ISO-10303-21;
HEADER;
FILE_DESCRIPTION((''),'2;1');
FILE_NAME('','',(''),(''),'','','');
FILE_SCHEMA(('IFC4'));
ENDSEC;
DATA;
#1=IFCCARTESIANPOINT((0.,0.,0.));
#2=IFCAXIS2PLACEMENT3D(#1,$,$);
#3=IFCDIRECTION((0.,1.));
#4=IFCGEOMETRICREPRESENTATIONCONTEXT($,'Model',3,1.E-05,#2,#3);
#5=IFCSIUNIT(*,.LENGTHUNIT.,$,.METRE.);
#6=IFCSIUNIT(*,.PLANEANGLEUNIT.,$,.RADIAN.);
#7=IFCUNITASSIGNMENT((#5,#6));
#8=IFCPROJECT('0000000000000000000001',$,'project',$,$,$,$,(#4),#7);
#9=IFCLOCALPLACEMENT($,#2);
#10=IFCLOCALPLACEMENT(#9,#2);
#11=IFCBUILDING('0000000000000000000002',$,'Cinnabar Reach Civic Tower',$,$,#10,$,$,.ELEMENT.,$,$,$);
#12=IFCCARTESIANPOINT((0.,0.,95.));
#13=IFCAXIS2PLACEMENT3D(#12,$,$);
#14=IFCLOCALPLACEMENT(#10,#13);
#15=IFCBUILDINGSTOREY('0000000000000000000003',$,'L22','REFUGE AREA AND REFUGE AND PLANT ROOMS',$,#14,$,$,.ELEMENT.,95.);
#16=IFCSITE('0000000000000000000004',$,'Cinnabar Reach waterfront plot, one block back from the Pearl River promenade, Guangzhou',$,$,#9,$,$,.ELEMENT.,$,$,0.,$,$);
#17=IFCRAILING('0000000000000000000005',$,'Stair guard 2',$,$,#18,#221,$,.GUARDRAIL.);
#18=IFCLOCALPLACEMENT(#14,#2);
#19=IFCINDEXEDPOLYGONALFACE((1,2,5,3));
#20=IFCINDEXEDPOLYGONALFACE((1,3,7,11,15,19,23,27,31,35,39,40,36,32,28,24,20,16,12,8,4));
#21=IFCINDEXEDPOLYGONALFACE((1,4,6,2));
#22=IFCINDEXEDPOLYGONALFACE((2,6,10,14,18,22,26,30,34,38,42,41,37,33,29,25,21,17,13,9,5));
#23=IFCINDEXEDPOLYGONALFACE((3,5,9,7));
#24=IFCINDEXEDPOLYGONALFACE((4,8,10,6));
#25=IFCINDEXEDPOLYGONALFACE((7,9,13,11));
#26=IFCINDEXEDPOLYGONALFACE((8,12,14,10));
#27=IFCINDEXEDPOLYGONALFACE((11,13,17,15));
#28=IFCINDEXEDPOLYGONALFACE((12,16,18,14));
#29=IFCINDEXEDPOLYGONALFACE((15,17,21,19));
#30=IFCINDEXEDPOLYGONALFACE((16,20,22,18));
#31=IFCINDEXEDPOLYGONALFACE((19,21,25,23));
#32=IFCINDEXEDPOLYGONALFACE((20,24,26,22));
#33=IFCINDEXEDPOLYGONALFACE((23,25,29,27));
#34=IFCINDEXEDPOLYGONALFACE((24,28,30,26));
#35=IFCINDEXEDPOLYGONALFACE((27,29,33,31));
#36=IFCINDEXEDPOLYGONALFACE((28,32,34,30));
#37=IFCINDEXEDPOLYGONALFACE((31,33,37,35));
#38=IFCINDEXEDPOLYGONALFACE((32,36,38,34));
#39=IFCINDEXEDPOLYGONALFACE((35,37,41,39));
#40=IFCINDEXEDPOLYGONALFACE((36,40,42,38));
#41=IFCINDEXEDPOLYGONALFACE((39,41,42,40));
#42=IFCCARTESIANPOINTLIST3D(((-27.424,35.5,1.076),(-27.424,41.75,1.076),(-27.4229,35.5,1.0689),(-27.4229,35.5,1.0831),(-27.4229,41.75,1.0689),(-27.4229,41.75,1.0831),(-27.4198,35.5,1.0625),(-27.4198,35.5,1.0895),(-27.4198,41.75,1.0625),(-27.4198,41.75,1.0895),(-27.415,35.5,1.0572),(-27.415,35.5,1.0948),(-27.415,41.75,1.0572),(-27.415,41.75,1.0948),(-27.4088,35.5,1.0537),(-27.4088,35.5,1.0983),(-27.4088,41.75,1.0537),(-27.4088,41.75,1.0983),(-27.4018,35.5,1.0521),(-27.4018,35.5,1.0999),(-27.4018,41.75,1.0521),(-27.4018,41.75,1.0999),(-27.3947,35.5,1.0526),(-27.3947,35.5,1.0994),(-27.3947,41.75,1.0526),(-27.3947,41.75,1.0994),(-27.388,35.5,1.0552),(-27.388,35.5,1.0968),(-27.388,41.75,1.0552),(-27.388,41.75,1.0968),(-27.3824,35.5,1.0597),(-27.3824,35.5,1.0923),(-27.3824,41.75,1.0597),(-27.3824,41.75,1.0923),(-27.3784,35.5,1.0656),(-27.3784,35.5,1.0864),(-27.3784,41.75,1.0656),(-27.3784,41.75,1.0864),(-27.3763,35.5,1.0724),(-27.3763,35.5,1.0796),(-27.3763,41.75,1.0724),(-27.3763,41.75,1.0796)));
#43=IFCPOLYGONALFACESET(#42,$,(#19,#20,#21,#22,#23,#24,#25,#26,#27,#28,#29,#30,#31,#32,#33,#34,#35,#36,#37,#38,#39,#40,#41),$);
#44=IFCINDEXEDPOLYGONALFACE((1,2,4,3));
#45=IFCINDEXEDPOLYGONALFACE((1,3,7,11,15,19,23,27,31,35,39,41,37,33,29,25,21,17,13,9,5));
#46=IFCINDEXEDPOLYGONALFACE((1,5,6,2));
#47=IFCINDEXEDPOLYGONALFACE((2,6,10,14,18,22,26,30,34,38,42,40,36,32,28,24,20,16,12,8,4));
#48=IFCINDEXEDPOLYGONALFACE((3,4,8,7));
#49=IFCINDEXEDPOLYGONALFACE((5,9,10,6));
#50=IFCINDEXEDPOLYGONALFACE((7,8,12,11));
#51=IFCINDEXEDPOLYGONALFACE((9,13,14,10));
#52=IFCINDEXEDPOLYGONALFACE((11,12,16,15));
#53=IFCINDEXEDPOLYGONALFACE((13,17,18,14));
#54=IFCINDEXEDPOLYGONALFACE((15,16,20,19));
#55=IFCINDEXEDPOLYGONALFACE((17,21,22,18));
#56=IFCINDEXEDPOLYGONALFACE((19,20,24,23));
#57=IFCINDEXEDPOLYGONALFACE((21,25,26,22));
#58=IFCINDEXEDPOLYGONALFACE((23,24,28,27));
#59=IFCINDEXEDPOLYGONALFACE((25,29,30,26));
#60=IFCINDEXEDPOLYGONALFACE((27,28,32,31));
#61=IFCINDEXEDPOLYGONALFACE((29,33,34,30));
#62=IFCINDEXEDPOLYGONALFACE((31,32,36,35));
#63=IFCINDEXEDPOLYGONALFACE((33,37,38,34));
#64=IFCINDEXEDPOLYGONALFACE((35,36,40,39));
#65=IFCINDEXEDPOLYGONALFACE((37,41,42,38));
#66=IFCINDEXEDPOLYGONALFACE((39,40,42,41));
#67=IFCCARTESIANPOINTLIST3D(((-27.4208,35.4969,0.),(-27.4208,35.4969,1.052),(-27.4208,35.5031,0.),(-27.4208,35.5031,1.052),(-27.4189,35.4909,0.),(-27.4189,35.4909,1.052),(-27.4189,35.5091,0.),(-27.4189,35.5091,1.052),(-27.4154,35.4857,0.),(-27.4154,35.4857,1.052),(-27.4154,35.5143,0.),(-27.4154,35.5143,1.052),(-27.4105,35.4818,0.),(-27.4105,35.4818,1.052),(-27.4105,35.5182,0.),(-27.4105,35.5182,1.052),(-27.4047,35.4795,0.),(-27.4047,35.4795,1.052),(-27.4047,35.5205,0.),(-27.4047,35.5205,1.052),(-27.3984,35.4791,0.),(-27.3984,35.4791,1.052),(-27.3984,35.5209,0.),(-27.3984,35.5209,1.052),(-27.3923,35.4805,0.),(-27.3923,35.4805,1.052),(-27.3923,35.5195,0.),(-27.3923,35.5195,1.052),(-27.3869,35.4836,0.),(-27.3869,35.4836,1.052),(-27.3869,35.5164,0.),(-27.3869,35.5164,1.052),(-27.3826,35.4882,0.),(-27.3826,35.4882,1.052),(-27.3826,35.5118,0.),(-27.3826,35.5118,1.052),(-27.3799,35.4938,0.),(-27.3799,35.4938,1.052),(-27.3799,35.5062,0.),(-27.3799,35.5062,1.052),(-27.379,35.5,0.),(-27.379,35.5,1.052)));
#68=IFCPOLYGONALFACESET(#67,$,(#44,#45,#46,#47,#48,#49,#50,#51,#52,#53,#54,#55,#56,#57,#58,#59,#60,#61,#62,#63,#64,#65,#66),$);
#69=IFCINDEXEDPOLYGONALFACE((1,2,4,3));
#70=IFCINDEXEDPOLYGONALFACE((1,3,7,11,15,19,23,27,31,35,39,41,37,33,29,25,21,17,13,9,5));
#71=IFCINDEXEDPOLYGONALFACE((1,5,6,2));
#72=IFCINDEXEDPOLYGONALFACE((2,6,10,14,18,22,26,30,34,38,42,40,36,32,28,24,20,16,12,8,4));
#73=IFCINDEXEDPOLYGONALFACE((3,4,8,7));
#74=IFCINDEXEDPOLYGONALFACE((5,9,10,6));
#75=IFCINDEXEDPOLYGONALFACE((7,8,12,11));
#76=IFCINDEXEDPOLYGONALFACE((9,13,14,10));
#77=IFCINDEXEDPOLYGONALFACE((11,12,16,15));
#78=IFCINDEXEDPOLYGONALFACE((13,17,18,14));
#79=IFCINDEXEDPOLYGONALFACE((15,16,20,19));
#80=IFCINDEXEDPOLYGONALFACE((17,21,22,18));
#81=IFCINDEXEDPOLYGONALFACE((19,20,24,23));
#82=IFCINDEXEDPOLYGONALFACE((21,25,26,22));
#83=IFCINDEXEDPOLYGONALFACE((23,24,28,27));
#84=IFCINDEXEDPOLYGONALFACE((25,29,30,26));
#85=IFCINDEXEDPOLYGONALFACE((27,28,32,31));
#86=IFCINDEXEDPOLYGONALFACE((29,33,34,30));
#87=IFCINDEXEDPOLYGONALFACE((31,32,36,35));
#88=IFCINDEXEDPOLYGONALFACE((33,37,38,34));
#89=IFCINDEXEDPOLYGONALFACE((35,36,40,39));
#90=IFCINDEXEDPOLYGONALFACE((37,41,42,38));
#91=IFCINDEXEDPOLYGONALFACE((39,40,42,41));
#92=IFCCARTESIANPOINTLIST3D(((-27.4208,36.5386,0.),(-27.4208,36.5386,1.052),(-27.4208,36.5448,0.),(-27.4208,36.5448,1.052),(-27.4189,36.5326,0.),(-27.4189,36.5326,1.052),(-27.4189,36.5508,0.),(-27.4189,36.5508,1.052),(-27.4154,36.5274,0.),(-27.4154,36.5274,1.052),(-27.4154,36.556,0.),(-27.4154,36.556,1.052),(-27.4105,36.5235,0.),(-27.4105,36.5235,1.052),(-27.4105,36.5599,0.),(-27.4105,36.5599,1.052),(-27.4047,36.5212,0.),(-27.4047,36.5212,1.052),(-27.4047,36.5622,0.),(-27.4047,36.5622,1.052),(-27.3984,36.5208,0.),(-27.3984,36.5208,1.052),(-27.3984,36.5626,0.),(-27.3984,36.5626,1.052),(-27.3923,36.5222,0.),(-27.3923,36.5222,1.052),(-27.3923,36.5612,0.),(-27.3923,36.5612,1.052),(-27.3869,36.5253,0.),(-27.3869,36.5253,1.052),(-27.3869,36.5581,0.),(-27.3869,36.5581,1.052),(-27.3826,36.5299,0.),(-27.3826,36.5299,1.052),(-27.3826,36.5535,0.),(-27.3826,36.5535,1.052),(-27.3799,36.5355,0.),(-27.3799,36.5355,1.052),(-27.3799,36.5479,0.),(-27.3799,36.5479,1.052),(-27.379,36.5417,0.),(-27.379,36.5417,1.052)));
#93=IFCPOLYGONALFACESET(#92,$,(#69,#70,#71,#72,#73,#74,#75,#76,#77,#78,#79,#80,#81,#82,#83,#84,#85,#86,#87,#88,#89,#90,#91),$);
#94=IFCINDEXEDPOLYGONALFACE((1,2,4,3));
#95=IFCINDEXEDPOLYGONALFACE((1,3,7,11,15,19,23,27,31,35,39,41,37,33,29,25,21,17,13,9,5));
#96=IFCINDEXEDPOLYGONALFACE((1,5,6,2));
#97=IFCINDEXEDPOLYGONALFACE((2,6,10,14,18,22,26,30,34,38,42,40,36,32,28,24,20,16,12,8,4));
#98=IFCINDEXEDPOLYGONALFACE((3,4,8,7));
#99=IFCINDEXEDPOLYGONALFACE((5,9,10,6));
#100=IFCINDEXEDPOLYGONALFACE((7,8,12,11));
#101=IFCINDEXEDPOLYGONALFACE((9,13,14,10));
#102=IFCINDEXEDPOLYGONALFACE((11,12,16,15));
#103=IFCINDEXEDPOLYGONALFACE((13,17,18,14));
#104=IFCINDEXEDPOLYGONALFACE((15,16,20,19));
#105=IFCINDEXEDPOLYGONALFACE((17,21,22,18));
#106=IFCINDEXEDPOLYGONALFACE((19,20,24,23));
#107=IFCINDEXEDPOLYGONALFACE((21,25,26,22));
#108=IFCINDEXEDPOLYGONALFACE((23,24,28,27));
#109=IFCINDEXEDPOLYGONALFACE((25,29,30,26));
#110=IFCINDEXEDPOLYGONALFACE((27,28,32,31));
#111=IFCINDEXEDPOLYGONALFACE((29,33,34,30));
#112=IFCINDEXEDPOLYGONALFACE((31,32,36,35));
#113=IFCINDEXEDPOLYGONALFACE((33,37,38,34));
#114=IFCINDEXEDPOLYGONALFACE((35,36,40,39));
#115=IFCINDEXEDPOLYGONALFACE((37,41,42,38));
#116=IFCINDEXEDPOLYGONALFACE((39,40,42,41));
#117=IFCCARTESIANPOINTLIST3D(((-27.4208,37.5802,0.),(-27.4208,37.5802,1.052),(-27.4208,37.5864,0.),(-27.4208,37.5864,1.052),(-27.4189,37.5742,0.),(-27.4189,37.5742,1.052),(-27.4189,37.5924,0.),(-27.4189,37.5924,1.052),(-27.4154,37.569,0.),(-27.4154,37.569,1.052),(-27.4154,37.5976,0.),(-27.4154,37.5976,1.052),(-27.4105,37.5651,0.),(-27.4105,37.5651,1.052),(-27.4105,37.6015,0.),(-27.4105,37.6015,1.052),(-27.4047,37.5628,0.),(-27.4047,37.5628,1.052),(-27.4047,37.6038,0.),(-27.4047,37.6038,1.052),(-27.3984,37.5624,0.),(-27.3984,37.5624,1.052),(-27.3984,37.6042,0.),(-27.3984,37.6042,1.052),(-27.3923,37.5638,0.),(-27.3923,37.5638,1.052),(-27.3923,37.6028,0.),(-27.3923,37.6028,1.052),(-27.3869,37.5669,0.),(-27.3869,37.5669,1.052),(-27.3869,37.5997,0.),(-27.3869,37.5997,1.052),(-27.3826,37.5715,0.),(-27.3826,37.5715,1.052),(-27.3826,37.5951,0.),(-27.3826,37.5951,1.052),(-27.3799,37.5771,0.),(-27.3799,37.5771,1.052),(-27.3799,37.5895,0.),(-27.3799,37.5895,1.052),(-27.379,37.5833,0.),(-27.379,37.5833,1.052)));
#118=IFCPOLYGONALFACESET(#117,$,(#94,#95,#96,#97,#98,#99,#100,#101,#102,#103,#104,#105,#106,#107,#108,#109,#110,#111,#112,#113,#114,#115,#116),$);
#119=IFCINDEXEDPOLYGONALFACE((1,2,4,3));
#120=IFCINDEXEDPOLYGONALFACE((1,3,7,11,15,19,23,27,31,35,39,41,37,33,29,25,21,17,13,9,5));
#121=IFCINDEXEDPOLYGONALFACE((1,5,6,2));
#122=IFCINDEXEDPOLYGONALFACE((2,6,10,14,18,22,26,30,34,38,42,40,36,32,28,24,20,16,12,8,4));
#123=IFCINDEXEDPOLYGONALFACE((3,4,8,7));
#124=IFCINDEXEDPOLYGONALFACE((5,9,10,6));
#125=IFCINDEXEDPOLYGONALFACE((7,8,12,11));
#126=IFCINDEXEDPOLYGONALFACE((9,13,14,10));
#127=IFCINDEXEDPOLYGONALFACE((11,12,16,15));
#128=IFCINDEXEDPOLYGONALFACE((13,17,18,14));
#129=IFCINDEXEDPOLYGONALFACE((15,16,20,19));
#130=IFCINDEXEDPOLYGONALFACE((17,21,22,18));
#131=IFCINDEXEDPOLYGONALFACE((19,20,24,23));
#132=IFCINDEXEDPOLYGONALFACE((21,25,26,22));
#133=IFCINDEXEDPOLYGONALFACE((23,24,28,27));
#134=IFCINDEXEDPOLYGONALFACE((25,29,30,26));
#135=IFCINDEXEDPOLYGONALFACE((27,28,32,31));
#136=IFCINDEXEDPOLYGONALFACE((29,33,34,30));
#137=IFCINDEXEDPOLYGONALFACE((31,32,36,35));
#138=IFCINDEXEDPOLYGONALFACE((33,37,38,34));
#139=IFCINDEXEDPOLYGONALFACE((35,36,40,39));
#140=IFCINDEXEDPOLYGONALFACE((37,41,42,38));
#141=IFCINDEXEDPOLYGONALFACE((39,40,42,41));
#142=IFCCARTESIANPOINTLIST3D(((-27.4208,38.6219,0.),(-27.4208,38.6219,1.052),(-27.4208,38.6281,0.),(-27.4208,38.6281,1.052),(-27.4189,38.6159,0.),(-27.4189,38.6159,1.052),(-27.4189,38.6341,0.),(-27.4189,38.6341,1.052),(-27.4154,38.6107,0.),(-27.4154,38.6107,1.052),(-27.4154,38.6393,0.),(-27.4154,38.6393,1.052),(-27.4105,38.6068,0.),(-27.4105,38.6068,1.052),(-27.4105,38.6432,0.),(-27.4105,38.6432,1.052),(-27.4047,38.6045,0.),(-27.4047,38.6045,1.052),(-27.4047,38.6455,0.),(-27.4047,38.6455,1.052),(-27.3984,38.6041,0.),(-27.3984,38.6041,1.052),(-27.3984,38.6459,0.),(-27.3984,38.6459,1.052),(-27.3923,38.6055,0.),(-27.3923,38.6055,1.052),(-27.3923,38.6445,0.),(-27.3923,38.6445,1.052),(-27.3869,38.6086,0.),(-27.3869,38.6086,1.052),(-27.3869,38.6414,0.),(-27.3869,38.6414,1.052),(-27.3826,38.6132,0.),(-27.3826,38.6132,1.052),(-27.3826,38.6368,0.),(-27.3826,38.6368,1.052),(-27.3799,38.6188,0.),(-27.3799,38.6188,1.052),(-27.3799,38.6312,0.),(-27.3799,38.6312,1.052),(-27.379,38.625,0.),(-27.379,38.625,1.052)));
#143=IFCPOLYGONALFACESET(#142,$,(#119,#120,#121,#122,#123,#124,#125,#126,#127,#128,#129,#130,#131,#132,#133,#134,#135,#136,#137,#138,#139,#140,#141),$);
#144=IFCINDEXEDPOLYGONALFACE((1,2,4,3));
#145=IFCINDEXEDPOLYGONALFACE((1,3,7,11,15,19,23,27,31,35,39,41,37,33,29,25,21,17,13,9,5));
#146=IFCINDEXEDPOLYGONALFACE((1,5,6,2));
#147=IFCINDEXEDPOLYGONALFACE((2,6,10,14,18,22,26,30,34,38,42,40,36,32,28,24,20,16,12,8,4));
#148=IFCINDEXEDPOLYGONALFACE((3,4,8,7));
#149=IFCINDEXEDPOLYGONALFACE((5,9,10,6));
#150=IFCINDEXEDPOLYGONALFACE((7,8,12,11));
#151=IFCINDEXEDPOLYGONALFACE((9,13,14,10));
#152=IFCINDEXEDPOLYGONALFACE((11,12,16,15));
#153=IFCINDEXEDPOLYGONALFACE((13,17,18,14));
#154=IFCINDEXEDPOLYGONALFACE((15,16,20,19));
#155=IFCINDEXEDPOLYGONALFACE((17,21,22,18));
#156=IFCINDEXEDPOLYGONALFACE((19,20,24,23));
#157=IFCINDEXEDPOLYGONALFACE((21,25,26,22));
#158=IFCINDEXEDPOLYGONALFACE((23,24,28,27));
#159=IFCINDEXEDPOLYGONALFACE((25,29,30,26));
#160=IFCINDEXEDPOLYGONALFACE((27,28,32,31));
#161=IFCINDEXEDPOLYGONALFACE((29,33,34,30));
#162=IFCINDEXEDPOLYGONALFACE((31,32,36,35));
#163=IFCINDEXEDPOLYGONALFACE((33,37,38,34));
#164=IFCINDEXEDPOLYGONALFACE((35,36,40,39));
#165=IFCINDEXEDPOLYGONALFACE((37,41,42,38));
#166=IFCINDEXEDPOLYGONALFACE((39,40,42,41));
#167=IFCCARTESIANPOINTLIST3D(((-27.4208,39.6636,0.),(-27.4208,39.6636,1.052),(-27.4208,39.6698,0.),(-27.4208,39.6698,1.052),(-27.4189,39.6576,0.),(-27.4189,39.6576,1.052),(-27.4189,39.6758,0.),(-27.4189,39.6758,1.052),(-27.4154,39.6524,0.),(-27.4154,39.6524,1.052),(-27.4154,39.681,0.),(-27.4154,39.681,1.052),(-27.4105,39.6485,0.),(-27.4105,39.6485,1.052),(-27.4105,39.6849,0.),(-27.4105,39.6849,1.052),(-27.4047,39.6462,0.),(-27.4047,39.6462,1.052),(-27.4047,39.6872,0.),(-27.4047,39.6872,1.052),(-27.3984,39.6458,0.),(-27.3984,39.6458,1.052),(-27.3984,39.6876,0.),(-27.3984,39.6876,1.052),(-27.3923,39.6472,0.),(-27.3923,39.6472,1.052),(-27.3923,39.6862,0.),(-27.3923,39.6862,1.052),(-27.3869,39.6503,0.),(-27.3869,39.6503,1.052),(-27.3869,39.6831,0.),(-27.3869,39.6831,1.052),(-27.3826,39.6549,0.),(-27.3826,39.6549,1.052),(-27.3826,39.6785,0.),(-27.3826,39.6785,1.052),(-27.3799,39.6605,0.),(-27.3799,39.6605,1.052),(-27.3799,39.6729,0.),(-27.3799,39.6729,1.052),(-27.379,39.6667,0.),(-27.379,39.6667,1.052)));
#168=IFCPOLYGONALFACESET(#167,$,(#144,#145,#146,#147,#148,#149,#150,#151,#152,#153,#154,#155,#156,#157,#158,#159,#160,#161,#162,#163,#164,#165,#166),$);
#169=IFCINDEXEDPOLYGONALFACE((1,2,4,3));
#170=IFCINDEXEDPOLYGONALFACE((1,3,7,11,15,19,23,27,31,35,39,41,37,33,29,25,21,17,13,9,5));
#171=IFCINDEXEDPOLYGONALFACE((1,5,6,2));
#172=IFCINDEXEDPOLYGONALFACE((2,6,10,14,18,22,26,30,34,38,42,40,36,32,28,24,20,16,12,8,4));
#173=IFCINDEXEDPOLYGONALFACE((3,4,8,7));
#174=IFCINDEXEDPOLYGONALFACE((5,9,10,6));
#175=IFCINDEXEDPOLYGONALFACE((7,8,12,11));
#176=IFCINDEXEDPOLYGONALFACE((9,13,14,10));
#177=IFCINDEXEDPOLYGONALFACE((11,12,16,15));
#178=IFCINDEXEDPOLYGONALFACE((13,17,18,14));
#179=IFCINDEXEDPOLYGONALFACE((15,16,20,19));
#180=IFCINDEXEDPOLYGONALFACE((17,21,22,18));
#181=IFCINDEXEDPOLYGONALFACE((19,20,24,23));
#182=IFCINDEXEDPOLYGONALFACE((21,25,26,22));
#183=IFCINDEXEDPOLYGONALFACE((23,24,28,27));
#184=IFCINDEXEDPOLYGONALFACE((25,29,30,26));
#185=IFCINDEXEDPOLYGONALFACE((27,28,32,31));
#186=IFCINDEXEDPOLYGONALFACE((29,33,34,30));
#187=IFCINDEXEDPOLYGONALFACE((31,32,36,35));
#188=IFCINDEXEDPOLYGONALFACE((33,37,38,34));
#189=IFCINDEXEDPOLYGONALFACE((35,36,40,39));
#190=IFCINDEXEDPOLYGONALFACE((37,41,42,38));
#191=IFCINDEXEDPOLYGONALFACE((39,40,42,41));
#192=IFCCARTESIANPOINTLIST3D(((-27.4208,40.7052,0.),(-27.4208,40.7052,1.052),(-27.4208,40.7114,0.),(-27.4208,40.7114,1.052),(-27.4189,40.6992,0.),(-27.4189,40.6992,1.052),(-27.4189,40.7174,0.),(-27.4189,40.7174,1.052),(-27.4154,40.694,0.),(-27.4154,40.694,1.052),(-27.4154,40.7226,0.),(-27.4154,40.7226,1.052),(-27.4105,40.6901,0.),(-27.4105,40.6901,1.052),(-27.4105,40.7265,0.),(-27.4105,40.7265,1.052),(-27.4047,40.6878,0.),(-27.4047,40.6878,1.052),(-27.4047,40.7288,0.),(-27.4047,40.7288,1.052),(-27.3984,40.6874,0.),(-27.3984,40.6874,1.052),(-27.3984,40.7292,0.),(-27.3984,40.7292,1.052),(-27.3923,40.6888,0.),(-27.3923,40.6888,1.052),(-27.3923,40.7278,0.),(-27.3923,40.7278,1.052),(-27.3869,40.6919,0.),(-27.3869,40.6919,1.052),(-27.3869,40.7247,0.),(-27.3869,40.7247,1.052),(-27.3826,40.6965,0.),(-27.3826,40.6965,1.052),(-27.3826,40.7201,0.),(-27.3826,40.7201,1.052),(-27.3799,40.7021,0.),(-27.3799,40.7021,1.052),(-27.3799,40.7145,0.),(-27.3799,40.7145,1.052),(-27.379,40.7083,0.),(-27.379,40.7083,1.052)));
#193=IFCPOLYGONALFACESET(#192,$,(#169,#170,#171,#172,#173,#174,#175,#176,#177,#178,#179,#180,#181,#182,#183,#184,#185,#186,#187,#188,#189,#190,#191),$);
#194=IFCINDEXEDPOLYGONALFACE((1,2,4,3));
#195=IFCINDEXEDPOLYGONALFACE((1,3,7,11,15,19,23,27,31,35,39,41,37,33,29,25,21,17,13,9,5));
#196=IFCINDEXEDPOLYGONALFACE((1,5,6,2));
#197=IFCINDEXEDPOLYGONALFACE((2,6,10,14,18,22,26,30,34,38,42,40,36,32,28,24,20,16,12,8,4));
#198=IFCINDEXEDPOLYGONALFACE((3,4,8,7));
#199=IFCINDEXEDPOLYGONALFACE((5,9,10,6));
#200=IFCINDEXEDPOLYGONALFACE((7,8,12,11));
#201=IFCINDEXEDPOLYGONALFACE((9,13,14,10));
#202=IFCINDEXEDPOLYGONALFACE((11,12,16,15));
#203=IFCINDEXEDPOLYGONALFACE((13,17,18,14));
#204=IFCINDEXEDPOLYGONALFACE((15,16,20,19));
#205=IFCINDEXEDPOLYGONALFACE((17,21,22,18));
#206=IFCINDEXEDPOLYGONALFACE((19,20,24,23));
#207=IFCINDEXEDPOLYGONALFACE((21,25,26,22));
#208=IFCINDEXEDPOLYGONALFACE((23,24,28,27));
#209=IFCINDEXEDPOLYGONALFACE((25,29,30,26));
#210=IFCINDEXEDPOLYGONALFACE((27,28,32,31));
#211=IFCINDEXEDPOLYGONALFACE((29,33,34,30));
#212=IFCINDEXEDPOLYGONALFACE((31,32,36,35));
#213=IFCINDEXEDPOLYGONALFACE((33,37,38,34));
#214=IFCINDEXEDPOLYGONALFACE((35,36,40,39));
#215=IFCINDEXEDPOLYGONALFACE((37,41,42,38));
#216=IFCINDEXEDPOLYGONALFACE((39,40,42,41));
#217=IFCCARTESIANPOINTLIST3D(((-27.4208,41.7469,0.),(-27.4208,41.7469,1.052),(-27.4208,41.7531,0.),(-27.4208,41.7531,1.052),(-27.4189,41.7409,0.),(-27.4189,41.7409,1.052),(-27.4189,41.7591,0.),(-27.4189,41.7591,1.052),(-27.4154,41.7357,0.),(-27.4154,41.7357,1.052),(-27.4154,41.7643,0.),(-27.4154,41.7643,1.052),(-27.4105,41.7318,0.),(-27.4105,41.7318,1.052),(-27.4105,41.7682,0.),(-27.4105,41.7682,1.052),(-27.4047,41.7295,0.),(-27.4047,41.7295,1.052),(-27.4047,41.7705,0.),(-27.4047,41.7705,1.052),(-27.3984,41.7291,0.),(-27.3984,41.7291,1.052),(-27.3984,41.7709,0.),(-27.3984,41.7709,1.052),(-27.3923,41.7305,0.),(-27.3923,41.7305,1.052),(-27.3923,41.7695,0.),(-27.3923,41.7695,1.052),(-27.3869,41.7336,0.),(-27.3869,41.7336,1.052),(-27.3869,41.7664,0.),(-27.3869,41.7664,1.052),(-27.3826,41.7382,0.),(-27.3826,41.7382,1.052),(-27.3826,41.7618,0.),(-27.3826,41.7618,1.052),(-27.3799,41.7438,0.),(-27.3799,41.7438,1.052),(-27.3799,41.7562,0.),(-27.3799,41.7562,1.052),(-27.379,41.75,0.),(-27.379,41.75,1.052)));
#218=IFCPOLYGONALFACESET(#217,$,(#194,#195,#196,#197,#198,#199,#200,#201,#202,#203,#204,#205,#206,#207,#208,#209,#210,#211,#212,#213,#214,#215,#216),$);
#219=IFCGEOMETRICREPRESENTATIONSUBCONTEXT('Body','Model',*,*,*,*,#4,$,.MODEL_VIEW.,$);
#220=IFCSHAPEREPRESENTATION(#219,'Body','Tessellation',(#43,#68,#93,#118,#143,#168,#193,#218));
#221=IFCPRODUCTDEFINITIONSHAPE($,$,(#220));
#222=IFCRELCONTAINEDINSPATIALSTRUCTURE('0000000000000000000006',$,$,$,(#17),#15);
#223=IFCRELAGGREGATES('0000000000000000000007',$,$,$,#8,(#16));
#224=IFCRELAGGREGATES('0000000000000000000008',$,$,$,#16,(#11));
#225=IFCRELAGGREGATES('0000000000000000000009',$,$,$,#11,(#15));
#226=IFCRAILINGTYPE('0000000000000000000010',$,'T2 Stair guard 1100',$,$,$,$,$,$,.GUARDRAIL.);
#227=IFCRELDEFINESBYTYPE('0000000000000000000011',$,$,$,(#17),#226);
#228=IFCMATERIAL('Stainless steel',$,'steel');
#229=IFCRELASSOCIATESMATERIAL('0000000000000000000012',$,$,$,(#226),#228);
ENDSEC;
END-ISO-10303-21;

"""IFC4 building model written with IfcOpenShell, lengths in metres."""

from ifc_helpers import new_model, si_unit, direction, frame, origin, origin_2d, place, context, subcontext, project, spatial, circle, extrude, material, type_object, element, save


model = new_model("IFC4")

# Units and contexts
model_context = context("Model", 3, precision=1e-05, world=origin(), true_north=direction((0.0, 1.0)))
body_context = subcontext(model_context, "Body", "Model", "MODEL_VIEW")
ifc_project = project(units=[si_unit("LENGTHUNIT", "METRE"), si_unit("PLANEANGLEUNIT", "RADIAN")], contexts=[model_context])

# Site, building, storey
site_placement = place(None, origin())
site = spatial("IfcSite", under=ifc_project, at=site_placement, Name="Cinnabar Reach waterfront plot, one block back from the Pearl River promenade, Guangzhou", CompositionType="ELEMENT", RefElevation=0.0)
building_placement = place(site_placement, origin())
building = spatial("IfcBuilding", under=site, at=building_placement, Name="Cinnabar Reach Civic Tower", CompositionType="ELEMENT")
storey_placement = place(building_placement, frame((0.0, 0.0, 95.0)))
storey = spatial("IfcBuildingStorey", under=building, at=storey_placement, Name="L22", Description="REFUGE AREA AND REFUGE AND PLANT ROOMS", CompositionType="ELEMENT", Elevation=95.0)

# Railing
ifc_material_1 = material(Name="Stainless steel", Category="steel")
railing_type = type_object("IfcRailingType", Name="T2 Stair guard 1100", PredefinedType="GUARDRAIL", material=ifc_material_1)
for number, where, name in (
    (1, (-27.4, 35.5, 0.0), "Stair guard 2"),
):
    element("IfcRailing", number, at=place(storey_placement, frame(where)), inside=storey, type_object=railing_type, Name=name, PredefinedType="GUARDRAIL", context=body_context, shape_type="SweptSolid", body=[
        extrude(circle(Radius=0.024, at=origin_2d()), frame((0.0, 0.0, 1.076), z_axis=(0.0, 1.0, 0.0), x_axis=(-1.0, 0.0, 0.0)), (0.0, 0.0, 1.0), 6.25),
        extrude(circle(Radius=0.021, at=origin_2d()), origin(), (0.0, 0.0, 1.0), 1.052),
        extrude(circle(Radius=0.021, at=origin_2d()), frame((0.0, 1.0417, 0.0)), (0.0, 0.0, 1.0), 1.052),
        extrude(circle(Radius=0.021, at=origin_2d()), frame((0.0, 2.0833, 0.0)), (0.0, 0.0, 1.0), 1.052),
        extrude(circle(Radius=0.021, at=origin_2d()), frame((0.0, 3.125, 0.0)), (0.0, 0.0, 1.0), 1.052),
        extrude(circle(Radius=0.021, at=origin_2d()), frame((0.0, 4.1667, 0.0)), (0.0, 0.0, 1.0), 1.052),
        extrude(circle(Radius=0.021, at=origin_2d()), frame((0.0, 5.2083, 0.0)), (0.0, 0.0, 1.0), 1.052),
        extrude(circle(Radius=0.021, at=origin_2d()), frame((0.0, 6.25, 0.0)), (0.0, 0.0, 1.0), 1.052),
    ])

save(model, "model.ifc")
